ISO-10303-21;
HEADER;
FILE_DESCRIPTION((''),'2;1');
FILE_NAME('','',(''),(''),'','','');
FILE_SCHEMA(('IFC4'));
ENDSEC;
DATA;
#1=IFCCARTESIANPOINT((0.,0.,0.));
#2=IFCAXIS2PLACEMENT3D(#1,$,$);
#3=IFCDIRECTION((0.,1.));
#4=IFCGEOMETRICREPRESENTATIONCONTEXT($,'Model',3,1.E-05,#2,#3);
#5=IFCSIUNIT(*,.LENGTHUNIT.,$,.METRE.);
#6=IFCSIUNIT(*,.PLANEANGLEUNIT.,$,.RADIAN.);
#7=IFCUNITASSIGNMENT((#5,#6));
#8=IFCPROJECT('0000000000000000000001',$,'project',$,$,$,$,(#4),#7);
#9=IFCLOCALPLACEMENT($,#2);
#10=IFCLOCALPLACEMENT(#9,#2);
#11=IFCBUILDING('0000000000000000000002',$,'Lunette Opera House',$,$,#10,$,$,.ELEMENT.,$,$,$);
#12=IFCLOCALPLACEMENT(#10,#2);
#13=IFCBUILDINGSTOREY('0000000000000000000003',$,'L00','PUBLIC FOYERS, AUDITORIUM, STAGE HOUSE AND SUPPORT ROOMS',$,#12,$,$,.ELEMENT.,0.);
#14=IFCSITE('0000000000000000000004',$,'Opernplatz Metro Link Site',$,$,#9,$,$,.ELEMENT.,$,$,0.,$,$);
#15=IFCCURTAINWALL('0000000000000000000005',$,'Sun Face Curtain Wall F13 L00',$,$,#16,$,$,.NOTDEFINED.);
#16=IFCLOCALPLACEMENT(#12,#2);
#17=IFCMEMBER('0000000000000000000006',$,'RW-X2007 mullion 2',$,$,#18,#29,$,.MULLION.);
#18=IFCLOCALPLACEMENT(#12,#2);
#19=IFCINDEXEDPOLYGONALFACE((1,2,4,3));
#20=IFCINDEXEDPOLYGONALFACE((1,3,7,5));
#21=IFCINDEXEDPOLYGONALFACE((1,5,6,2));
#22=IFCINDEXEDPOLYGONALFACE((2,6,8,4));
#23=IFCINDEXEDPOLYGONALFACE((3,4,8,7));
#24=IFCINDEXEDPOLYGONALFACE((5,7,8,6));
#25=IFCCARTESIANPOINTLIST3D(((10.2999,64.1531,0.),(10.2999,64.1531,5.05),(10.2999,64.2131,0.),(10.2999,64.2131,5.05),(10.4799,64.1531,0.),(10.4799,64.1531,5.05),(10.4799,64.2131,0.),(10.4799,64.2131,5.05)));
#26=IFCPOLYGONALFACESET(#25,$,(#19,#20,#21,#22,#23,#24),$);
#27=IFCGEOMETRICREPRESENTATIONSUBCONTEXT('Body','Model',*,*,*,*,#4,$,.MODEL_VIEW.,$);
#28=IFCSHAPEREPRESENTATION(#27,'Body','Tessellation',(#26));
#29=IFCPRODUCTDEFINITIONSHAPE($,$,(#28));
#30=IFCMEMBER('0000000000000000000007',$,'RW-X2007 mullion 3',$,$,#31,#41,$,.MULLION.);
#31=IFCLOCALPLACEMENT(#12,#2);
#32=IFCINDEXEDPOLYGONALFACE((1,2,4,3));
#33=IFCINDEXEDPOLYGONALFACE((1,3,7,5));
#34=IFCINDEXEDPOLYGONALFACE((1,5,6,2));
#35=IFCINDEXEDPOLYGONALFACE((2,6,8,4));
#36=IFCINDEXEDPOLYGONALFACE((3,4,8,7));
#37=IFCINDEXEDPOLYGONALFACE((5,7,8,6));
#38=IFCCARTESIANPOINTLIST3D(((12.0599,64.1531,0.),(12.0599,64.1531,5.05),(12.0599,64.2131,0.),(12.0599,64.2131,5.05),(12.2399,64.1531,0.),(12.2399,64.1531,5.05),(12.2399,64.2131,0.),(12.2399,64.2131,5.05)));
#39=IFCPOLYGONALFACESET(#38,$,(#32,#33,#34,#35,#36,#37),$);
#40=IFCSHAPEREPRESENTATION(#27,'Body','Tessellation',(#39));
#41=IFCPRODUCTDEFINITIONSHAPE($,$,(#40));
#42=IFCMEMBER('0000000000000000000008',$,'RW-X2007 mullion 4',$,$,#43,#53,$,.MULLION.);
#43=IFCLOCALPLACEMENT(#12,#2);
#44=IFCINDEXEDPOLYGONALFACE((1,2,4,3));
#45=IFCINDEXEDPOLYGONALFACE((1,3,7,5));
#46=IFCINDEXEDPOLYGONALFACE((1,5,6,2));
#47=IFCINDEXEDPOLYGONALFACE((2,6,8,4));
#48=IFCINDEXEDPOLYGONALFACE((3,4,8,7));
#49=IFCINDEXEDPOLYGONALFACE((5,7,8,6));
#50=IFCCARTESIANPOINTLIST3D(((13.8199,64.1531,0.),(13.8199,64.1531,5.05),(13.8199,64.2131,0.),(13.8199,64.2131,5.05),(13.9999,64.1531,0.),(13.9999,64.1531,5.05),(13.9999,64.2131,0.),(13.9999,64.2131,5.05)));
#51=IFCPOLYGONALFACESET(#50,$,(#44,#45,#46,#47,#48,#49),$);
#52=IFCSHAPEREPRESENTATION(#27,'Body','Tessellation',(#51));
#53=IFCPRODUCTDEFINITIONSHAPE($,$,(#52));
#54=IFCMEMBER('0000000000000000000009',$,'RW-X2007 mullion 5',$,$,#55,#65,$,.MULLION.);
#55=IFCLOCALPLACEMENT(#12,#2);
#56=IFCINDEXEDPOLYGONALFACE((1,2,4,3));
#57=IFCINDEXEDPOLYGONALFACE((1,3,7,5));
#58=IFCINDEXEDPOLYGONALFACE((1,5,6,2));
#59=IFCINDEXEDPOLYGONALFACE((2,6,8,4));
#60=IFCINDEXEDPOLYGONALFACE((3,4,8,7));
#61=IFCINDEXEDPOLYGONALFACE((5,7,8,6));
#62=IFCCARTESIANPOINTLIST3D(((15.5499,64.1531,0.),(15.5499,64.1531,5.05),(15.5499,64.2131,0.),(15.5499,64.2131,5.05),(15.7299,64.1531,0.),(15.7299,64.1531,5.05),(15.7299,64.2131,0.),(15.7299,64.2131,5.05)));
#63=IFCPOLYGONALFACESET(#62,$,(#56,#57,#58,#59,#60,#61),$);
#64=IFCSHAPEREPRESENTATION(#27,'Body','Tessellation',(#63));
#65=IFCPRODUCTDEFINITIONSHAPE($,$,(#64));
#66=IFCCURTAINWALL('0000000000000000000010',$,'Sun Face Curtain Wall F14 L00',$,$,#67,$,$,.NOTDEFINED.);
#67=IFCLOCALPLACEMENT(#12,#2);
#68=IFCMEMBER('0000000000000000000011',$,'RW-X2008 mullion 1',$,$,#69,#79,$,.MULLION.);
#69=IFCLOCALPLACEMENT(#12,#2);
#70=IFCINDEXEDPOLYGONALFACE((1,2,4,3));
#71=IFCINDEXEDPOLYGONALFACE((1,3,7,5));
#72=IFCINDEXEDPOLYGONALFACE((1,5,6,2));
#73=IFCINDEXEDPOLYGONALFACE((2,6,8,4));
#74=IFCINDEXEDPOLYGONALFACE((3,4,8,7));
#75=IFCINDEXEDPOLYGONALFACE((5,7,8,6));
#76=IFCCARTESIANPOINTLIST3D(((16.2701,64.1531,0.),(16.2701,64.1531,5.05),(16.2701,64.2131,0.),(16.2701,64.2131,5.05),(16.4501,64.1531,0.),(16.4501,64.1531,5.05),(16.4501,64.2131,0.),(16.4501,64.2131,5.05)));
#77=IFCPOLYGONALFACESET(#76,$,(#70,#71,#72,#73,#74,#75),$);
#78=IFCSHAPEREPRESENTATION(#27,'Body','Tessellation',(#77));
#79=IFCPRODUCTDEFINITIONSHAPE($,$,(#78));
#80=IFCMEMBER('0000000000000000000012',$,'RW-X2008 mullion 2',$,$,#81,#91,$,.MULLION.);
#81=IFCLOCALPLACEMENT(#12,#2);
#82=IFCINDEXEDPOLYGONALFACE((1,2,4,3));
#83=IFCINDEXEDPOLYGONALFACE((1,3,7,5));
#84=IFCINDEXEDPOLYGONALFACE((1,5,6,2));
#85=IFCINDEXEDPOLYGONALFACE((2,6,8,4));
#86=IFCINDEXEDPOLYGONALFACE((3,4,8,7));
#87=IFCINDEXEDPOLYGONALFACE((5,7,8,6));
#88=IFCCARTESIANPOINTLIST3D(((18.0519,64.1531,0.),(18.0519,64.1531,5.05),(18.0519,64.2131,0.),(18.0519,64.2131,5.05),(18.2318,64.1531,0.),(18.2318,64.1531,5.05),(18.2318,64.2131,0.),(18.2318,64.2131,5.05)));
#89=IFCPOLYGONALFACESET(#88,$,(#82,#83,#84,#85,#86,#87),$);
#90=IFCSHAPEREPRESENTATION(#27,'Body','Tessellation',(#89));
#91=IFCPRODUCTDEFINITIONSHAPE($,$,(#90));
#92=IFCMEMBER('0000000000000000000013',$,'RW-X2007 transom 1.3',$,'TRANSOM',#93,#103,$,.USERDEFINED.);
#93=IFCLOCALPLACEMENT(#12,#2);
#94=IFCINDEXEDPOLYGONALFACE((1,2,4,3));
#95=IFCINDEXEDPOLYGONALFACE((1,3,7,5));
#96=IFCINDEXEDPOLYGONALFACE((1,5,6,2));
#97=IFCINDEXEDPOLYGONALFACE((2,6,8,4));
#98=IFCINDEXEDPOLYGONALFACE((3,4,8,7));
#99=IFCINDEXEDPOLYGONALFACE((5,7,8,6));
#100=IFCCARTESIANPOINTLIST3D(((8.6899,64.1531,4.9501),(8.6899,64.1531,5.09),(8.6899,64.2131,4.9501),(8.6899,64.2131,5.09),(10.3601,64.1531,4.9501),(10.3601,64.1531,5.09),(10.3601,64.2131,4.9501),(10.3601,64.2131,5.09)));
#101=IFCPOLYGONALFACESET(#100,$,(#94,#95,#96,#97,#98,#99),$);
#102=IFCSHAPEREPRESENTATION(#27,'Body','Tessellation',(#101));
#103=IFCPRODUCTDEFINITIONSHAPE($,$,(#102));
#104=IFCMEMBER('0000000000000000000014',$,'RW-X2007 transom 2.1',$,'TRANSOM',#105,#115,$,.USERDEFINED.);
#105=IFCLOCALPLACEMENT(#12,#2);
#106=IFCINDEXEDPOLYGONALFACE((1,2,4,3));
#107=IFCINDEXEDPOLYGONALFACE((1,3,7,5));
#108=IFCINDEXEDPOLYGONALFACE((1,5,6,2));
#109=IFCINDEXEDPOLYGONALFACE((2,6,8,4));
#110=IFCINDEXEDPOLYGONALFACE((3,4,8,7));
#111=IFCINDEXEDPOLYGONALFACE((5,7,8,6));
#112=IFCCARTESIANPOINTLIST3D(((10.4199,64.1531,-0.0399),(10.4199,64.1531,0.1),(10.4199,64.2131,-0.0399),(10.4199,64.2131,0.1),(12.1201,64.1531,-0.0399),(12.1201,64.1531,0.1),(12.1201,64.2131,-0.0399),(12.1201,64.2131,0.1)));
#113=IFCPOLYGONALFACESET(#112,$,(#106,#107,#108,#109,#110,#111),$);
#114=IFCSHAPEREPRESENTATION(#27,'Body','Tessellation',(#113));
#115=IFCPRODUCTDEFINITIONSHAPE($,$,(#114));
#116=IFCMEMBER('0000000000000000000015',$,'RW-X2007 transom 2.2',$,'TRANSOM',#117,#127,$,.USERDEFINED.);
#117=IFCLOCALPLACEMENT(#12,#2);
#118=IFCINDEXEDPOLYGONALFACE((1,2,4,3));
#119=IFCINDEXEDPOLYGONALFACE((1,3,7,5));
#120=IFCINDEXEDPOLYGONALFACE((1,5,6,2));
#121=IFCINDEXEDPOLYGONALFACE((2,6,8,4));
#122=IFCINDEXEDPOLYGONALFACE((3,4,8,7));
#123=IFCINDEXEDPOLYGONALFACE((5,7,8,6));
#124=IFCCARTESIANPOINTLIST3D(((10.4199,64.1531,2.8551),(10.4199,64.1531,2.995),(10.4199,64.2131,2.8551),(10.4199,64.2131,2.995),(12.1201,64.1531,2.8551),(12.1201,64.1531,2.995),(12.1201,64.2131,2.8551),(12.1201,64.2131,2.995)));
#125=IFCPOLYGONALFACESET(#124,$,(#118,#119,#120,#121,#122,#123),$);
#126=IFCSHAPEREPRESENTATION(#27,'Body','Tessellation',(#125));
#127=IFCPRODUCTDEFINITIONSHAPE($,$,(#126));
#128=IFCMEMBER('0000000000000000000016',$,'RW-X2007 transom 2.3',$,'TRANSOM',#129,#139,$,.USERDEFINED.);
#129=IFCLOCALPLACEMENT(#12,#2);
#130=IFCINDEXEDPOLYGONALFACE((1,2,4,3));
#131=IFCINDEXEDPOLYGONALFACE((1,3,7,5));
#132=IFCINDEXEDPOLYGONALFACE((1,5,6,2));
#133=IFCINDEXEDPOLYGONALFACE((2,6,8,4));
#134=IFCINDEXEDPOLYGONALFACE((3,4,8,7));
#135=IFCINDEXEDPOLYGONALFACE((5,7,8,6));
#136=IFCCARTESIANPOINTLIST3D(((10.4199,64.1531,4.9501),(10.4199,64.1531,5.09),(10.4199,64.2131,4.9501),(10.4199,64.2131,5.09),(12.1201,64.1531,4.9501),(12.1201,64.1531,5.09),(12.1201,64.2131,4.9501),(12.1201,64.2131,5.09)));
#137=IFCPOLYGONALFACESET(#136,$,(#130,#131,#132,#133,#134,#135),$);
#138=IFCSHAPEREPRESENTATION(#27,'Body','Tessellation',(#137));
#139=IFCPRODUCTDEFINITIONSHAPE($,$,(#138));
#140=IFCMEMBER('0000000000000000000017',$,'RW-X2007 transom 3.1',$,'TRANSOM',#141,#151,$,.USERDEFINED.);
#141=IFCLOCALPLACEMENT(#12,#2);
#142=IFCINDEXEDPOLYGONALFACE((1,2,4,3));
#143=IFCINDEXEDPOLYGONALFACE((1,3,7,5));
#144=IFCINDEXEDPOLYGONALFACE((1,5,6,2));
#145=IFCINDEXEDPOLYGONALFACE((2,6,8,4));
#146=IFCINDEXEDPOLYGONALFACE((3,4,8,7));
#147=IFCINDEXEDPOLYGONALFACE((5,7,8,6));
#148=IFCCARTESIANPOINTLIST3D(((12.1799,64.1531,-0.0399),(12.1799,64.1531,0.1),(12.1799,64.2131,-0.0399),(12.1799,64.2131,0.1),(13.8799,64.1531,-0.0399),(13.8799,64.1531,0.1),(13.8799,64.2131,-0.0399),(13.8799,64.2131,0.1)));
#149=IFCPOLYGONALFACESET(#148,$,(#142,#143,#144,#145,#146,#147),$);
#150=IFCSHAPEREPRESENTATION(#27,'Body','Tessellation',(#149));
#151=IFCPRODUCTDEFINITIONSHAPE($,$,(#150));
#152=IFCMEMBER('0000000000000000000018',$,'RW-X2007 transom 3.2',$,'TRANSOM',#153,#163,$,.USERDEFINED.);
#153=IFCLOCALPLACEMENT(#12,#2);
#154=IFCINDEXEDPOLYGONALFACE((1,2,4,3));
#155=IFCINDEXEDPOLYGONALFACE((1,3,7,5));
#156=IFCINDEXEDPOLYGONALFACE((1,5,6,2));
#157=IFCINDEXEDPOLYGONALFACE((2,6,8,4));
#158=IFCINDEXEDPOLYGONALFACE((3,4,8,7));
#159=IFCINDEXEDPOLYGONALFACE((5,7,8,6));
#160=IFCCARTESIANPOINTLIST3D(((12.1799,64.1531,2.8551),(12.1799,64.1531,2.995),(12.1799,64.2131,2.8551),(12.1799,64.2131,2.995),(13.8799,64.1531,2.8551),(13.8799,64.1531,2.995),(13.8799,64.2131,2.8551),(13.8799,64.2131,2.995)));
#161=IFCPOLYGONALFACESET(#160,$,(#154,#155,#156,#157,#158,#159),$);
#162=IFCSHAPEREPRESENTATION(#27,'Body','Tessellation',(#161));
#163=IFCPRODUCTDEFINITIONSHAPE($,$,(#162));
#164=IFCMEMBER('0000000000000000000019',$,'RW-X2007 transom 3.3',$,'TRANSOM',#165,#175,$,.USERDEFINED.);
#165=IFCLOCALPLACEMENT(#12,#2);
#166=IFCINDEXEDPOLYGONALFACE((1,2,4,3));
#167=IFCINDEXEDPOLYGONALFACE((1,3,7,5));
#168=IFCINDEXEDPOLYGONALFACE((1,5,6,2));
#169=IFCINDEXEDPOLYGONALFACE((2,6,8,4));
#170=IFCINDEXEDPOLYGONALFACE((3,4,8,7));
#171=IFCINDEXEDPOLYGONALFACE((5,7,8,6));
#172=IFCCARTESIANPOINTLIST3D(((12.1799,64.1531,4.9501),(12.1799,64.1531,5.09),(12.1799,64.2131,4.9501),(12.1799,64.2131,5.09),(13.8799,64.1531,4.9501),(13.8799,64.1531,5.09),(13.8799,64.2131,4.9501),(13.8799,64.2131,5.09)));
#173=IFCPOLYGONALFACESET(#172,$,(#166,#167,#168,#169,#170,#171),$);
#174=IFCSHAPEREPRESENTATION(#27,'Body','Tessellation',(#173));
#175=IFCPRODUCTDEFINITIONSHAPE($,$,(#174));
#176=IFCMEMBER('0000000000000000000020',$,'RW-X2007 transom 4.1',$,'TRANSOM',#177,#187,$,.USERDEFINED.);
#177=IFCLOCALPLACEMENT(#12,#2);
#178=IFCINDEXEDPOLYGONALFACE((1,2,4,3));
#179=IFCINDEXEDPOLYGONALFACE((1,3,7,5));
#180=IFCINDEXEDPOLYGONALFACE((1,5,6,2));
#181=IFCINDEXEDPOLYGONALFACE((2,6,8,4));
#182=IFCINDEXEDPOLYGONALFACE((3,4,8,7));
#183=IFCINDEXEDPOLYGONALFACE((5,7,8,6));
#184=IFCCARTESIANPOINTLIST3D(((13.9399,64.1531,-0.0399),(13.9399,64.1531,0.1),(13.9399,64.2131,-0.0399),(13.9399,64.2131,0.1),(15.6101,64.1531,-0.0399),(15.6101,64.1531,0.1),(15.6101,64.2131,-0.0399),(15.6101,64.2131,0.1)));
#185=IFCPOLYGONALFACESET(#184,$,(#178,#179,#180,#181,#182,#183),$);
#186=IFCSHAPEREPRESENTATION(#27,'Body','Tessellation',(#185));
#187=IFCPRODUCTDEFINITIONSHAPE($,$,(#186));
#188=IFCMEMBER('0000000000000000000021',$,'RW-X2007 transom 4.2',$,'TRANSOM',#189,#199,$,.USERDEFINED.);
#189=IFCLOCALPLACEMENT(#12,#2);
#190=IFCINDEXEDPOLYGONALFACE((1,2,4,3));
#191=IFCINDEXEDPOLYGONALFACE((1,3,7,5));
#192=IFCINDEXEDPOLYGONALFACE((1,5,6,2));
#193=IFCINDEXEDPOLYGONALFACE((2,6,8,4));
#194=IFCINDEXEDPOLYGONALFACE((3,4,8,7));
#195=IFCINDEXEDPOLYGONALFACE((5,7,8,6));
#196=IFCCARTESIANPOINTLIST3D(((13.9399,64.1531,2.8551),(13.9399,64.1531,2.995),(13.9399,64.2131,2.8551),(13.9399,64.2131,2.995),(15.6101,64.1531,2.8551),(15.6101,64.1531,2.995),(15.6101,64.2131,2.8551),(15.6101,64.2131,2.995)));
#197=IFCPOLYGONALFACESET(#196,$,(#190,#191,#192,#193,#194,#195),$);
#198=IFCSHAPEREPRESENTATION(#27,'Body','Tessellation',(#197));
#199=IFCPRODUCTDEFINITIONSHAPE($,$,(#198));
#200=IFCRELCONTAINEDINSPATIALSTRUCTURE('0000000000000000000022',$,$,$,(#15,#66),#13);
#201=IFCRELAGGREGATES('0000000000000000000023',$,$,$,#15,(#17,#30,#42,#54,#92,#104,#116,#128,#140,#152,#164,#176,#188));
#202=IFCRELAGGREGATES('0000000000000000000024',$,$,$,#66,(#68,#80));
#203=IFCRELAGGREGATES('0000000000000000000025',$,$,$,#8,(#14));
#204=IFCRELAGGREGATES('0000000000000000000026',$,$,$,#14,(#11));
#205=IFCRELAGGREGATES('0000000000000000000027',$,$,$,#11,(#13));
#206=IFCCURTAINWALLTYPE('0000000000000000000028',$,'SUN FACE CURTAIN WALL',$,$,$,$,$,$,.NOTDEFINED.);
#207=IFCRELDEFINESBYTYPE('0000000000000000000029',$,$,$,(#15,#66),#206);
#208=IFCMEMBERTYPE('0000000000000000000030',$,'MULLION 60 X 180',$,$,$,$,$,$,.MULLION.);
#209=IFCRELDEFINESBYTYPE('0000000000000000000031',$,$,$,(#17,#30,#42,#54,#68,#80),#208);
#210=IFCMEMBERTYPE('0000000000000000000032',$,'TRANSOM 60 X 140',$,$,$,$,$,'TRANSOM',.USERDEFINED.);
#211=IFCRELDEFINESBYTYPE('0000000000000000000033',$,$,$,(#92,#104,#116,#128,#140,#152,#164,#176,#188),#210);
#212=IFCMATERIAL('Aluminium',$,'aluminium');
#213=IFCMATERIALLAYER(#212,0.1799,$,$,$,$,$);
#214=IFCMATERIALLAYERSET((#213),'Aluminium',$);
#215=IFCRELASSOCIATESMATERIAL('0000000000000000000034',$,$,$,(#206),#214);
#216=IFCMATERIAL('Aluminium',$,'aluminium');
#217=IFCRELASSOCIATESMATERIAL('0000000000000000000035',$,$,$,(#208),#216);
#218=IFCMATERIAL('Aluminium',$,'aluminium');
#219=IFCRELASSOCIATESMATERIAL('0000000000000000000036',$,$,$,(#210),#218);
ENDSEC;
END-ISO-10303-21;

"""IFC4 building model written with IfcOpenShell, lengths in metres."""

from ifc_helpers import new_model, si_unit, direction, frame, origin, origin_2d, place, context, subcontext, project, spatial, rectangle, extrude, material, layer, layer_set, material_profile, profile_set, type_object, element, aggregate, save


model = new_model("IFC4")

# Units and contexts
model_context = context("Model", 3, precision=1e-05, world=origin(), true_north=direction((0.0, 1.0)))
body_context = subcontext(model_context, "Body", "Model", "MODEL_VIEW")
ifc_project = project(units=[si_unit("LENGTHUNIT", "METRE"), si_unit("PLANEANGLEUNIT", "RADIAN")], contexts=[model_context])

# Site, building, storey
site_placement = place(None, origin())
site = spatial("IfcSite", under=ifc_project, at=site_placement, Name="Opernplatz Metro Link Site", CompositionType="ELEMENT", RefElevation=0.0)
building_placement = place(site_placement, origin())
building = spatial("IfcBuilding", under=site, at=building_placement, Name="Lunette Opera House", CompositionType="ELEMENT")
storey_placement = place(building_placement, origin())
storey = spatial("IfcBuildingStorey", under=building, at=storey_placement, Name="L00", Description="PUBLIC FOYERS, AUDITORIUM, STAGE HOUSE AND SUPPORT ROOMS", CompositionType="ELEMENT", Elevation=0.0)

# Curtain walls, members
ifc_material_1 = material(Name="Aluminium", Category="aluminium")
ifc_layer_1 = layer(ifc_material_1, 0.1799)
ifc_layer_set_1 = layer_set([ifc_layer_1], Name="Aluminium")
curtain_wall_type = type_object("IfcCurtainWallType", Name="SUN FACE CURTAIN WALL", PredefinedType="NOTDEFINED", material=ifc_layer_set_1)
curtain_wall_1_placement = place(storey_placement, origin())
curtain_wall_1 = element("IfcCurtainWall", 1, at=curtain_wall_1_placement, inside=storey, type_object=curtain_wall_type, Name="Sun Face Curtain Wall F13 L00", PredefinedType="NOTDEFINED")
ifc_material_2 = material(Name="Aluminium", Category="aluminium")
ifc_material_profile_1 = material_profile(ifc_material_2, rectangle(XDim=0.0601, YDim=0.1799, at=origin_2d()), Name="MULLION 60 X 180")
ifc_profile_set_1 = profile_set([ifc_material_profile_1], Name="Aluminium")
member_type_1 = type_object("IfcMemberType", Name="MULLION 60 X 180", PredefinedType="MULLION", material=ifc_profile_set_1)
member_1_placement = place(storey_placement, frame((10.3899, 64.1831, 0.0), z_axis=(0.0, 0.0, 1.0), x_axis=(0.0, 1.0, 0.0)))
member_1 = element("IfcMember", 2, at=member_1_placement, type_object=member_type_1, Name="RW-X2007 mullion 2", PredefinedType="MULLION", context=body_context, shape_type="SweptSolid", body=[
    extrude(rectangle(XDim=0.0601, YDim=0.1799, at=origin_2d()), origin(), (0.0, 0.0, 1.0), 5.05),
])
member_2_placement = place(storey_placement, frame((12.1499, 64.1831, 0.0), z_axis=(0.0, 0.0, 1.0), x_axis=(0.0, 1.0, 0.0)))
member_2 = element("IfcMember", 3, at=member_2_placement, type_object=member_type_1, Name="RW-X2007 mullion 3", PredefinedType="MULLION", context=body_context, shape_type="SweptSolid", body=[
    extrude(rectangle(XDim=0.0601, YDim=0.1799, at=origin_2d()), origin(), (0.0, 0.0, 1.0), 5.05),
])
member_3_placement = place(storey_placement, frame((13.9099, 64.1831, 0.0), z_axis=(0.0, 0.0, 1.0), x_axis=(0.0, 1.0, 0.0)))
member_3 = element("IfcMember", 4, at=member_3_placement, type_object=member_type_1, Name="RW-X2007 mullion 4", PredefinedType="MULLION", context=body_context, shape_type="SweptSolid", body=[
    extrude(rectangle(XDim=0.0601, YDim=0.1799, at=origin_2d()), origin(), (0.0, 0.0, 1.0), 5.05),
])
member_4_placement = place(storey_placement, frame((15.6399, 64.1831, 0.0), z_axis=(0.0, 0.0, 1.0), x_axis=(0.0, 1.0, 0.0)))
member_4 = element("IfcMember", 5, at=member_4_placement, type_object=member_type_1, Name="RW-X2007 mullion 5", PredefinedType="MULLION", context=body_context, shape_type="SweptSolid", body=[
    extrude(rectangle(XDim=0.0601, YDim=0.1799, at=origin_2d()), origin(), (0.0, 0.0, 1.0), 5.05),
])
curtain_wall_2_placement = place(storey_placement, origin())
curtain_wall_2 = element("IfcCurtainWall", 6, at=curtain_wall_2_placement, inside=storey, type_object=curtain_wall_type, Name="Sun Face Curtain Wall F14 L00", PredefinedType="NOTDEFINED")
member_5_placement = place(storey_placement, frame((16.3601, 64.1831, 0.0), z_axis=(0.0, 0.0, 1.0), x_axis=(0.0, 1.0, 0.0)))
member_5 = element("IfcMember", 7, at=member_5_placement, type_object=member_type_1, Name="RW-X2008 mullion 1", PredefinedType="MULLION", context=body_context, shape_type="SweptSolid", body=[
    extrude(rectangle(XDim=0.0601, YDim=0.1799, at=origin_2d()), origin(), (0.0, 0.0, 1.0), 5.05),
])
member_6_placement = place(storey_placement, frame((18.1418, 64.1831, 0.0), z_axis=(0.0, 0.0, 1.0), x_axis=(0.0, 1.0, 0.0)))
member_6 = element("IfcMember", 8, at=member_6_placement, type_object=member_type_1, Name="RW-X2008 mullion 2", PredefinedType="MULLION", context=body_context, shape_type="SweptSolid", body=[
    extrude(rectangle(XDim=0.0601, YDim=0.1799, at=origin_2d()), origin(), (0.0, 0.0, 1.0), 5.05),
])

# Members
ifc_material_3 = material(Name="Aluminium", Category="aluminium")
ifc_material_profile_2 = material_profile(ifc_material_3, rectangle(XDim=0.0601, YDim=0.1399, at=origin_2d()), Name="TRANSOM 60 X 140")
ifc_profile_set_2 = profile_set([ifc_material_profile_2], Name="Aluminium")
member_type_2 = type_object("IfcMemberType", Name="TRANSOM 60 X 140", ElementType="TRANSOM", PredefinedType="USERDEFINED", material=ifc_profile_set_2)
member_7_placement = place(storey_placement, frame((8.6899, 64.1831, 5.02), z_axis=(1.0, 0.0, 0.0), x_axis=(0.0, 1.0, 0.0)))
member_7 = element("IfcMember", 9, at=member_7_placement, type_object=member_type_2, Name="RW-X2007 transom 1.3", ObjectType="TRANSOM", PredefinedType="USERDEFINED", context=body_context, shape_type="SweptSolid", body=[
    extrude(rectangle(XDim=0.0601, YDim=0.1399, at=origin_2d()), origin(), (0.0, 0.0, 1.0), 1.6702),
])
member_8_placement = place(storey_placement, frame((10.4199, 64.1831, 0.03), z_axis=(1.0, 0.0, 0.0), x_axis=(0.0, 1.0, 0.0)))
member_8 = element("IfcMember", 10, at=member_8_placement, type_object=member_type_2, Name="RW-X2007 transom 2.1", ObjectType="TRANSOM", PredefinedType="USERDEFINED", context=body_context, shape_type="SweptSolid", body=[
    extrude(rectangle(XDim=0.0601, YDim=0.1399, at=origin_2d()), origin(), (0.0, 0.0, 1.0), 1.7002),
])
member_9_placement = place(storey_placement, frame((10.4199, 64.1831, 2.925), z_axis=(1.0, 0.0, 0.0), x_axis=(0.0, 1.0, 0.0)))
member_9 = element("IfcMember", 11, at=member_9_placement, type_object=member_type_2, Name="RW-X2007 transom 2.2", ObjectType="TRANSOM", PredefinedType="USERDEFINED", context=body_context, shape_type="SweptSolid", body=[
    extrude(rectangle(XDim=0.0601, YDim=0.1399, at=origin_2d()), origin(), (0.0, 0.0, 1.0), 1.7002),
])
member_10_placement = place(storey_placement, frame((10.4199, 64.1831, 5.02), z_axis=(1.0, 0.0, 0.0), x_axis=(0.0, 1.0, 0.0)))
member_10 = element("IfcMember", 12, at=member_10_placement, type_object=member_type_2, Name="RW-X2007 transom 2.3", ObjectType="TRANSOM", PredefinedType="USERDEFINED", context=body_context, shape_type="SweptSolid", body=[
    extrude(rectangle(XDim=0.0601, YDim=0.1399, at=origin_2d()), origin(), (0.0, 0.0, 1.0), 1.7002),
])
member_11_placement = place(storey_placement, frame((12.1799, 64.1831, 0.03), z_axis=(1.0, 0.0, 0.0), x_axis=(0.0, 1.0, 0.0)))
member_11 = element("IfcMember", 13, at=member_11_placement, type_object=member_type_2, Name="RW-X2007 transom 3.1", ObjectType="TRANSOM", PredefinedType="USERDEFINED", context=body_context, shape_type="SweptSolid", body=[
    extrude(rectangle(XDim=0.0601, YDim=0.1399, at=origin_2d()), origin(), (0.0, 0.0, 1.0), 1.7),
])
member_12_placement = place(storey_placement, frame((12.1799, 64.1831, 2.925), z_axis=(1.0, 0.0, 0.0), x_axis=(0.0, 1.0, 0.0)))
member_12 = element("IfcMember", 14, at=member_12_placement, type_object=member_type_2, Name="RW-X2007 transom 3.2", ObjectType="TRANSOM", PredefinedType="USERDEFINED", context=body_context, shape_type="SweptSolid", body=[
    extrude(rectangle(XDim=0.0601, YDim=0.1399, at=origin_2d()), origin(), (0.0, 0.0, 1.0), 1.7),
])
member_13_placement = place(storey_placement, frame((12.1799, 64.1831, 5.02), z_axis=(1.0, 0.0, 0.0), x_axis=(0.0, 1.0, 0.0)))
member_13 = element("IfcMember", 15, at=member_13_placement, type_object=member_type_2, Name="RW-X2007 transom 3.3", ObjectType="TRANSOM", PredefinedType="USERDEFINED", context=body_context, shape_type="SweptSolid", body=[
    extrude(rectangle(XDim=0.0601, YDim=0.1399, at=origin_2d()), origin(), (0.0, 0.0, 1.0), 1.7),
])
member_14_placement = place(storey_placement, frame((13.9399, 64.1831, 0.03), z_axis=(1.0, 0.0, 0.0), x_axis=(0.0, 1.0, 0.0)))
member_14 = element("IfcMember", 16, at=member_14_placement, type_object=member_type_2, Name="RW-X2007 transom 4.1", ObjectType="TRANSOM", PredefinedType="USERDEFINED", context=body_context, shape_type="SweptSolid", body=[
    extrude(rectangle(XDim=0.0601, YDim=0.1399, at=origin_2d()), origin(), (0.0, 0.0, 1.0), 1.6702),
])
member_15_placement = place(storey_placement, frame((13.9399, 64.1831, 2.925), z_axis=(1.0, 0.0, 0.0), x_axis=(0.0, 1.0, 0.0)))
member_15 = element("IfcMember", 17, at=member_15_placement, type_object=member_type_2, Name="RW-X2007 transom 4.2", ObjectType="TRANSOM", PredefinedType="USERDEFINED", context=body_context, shape_type="SweptSolid", body=[
    extrude(rectangle(XDim=0.0601, YDim=0.1399, at=origin_2d()), origin(), (0.0, 0.0, 1.0), 1.6702),
])

aggregate(curtain_wall_1, [member_1, member_2, member_3, member_4, member_7, member_8, member_9, member_10, member_11, member_12, member_13, member_14, member_15])
aggregate(curtain_wall_2, [member_5, member_6])

save(model, "model.ifc")
